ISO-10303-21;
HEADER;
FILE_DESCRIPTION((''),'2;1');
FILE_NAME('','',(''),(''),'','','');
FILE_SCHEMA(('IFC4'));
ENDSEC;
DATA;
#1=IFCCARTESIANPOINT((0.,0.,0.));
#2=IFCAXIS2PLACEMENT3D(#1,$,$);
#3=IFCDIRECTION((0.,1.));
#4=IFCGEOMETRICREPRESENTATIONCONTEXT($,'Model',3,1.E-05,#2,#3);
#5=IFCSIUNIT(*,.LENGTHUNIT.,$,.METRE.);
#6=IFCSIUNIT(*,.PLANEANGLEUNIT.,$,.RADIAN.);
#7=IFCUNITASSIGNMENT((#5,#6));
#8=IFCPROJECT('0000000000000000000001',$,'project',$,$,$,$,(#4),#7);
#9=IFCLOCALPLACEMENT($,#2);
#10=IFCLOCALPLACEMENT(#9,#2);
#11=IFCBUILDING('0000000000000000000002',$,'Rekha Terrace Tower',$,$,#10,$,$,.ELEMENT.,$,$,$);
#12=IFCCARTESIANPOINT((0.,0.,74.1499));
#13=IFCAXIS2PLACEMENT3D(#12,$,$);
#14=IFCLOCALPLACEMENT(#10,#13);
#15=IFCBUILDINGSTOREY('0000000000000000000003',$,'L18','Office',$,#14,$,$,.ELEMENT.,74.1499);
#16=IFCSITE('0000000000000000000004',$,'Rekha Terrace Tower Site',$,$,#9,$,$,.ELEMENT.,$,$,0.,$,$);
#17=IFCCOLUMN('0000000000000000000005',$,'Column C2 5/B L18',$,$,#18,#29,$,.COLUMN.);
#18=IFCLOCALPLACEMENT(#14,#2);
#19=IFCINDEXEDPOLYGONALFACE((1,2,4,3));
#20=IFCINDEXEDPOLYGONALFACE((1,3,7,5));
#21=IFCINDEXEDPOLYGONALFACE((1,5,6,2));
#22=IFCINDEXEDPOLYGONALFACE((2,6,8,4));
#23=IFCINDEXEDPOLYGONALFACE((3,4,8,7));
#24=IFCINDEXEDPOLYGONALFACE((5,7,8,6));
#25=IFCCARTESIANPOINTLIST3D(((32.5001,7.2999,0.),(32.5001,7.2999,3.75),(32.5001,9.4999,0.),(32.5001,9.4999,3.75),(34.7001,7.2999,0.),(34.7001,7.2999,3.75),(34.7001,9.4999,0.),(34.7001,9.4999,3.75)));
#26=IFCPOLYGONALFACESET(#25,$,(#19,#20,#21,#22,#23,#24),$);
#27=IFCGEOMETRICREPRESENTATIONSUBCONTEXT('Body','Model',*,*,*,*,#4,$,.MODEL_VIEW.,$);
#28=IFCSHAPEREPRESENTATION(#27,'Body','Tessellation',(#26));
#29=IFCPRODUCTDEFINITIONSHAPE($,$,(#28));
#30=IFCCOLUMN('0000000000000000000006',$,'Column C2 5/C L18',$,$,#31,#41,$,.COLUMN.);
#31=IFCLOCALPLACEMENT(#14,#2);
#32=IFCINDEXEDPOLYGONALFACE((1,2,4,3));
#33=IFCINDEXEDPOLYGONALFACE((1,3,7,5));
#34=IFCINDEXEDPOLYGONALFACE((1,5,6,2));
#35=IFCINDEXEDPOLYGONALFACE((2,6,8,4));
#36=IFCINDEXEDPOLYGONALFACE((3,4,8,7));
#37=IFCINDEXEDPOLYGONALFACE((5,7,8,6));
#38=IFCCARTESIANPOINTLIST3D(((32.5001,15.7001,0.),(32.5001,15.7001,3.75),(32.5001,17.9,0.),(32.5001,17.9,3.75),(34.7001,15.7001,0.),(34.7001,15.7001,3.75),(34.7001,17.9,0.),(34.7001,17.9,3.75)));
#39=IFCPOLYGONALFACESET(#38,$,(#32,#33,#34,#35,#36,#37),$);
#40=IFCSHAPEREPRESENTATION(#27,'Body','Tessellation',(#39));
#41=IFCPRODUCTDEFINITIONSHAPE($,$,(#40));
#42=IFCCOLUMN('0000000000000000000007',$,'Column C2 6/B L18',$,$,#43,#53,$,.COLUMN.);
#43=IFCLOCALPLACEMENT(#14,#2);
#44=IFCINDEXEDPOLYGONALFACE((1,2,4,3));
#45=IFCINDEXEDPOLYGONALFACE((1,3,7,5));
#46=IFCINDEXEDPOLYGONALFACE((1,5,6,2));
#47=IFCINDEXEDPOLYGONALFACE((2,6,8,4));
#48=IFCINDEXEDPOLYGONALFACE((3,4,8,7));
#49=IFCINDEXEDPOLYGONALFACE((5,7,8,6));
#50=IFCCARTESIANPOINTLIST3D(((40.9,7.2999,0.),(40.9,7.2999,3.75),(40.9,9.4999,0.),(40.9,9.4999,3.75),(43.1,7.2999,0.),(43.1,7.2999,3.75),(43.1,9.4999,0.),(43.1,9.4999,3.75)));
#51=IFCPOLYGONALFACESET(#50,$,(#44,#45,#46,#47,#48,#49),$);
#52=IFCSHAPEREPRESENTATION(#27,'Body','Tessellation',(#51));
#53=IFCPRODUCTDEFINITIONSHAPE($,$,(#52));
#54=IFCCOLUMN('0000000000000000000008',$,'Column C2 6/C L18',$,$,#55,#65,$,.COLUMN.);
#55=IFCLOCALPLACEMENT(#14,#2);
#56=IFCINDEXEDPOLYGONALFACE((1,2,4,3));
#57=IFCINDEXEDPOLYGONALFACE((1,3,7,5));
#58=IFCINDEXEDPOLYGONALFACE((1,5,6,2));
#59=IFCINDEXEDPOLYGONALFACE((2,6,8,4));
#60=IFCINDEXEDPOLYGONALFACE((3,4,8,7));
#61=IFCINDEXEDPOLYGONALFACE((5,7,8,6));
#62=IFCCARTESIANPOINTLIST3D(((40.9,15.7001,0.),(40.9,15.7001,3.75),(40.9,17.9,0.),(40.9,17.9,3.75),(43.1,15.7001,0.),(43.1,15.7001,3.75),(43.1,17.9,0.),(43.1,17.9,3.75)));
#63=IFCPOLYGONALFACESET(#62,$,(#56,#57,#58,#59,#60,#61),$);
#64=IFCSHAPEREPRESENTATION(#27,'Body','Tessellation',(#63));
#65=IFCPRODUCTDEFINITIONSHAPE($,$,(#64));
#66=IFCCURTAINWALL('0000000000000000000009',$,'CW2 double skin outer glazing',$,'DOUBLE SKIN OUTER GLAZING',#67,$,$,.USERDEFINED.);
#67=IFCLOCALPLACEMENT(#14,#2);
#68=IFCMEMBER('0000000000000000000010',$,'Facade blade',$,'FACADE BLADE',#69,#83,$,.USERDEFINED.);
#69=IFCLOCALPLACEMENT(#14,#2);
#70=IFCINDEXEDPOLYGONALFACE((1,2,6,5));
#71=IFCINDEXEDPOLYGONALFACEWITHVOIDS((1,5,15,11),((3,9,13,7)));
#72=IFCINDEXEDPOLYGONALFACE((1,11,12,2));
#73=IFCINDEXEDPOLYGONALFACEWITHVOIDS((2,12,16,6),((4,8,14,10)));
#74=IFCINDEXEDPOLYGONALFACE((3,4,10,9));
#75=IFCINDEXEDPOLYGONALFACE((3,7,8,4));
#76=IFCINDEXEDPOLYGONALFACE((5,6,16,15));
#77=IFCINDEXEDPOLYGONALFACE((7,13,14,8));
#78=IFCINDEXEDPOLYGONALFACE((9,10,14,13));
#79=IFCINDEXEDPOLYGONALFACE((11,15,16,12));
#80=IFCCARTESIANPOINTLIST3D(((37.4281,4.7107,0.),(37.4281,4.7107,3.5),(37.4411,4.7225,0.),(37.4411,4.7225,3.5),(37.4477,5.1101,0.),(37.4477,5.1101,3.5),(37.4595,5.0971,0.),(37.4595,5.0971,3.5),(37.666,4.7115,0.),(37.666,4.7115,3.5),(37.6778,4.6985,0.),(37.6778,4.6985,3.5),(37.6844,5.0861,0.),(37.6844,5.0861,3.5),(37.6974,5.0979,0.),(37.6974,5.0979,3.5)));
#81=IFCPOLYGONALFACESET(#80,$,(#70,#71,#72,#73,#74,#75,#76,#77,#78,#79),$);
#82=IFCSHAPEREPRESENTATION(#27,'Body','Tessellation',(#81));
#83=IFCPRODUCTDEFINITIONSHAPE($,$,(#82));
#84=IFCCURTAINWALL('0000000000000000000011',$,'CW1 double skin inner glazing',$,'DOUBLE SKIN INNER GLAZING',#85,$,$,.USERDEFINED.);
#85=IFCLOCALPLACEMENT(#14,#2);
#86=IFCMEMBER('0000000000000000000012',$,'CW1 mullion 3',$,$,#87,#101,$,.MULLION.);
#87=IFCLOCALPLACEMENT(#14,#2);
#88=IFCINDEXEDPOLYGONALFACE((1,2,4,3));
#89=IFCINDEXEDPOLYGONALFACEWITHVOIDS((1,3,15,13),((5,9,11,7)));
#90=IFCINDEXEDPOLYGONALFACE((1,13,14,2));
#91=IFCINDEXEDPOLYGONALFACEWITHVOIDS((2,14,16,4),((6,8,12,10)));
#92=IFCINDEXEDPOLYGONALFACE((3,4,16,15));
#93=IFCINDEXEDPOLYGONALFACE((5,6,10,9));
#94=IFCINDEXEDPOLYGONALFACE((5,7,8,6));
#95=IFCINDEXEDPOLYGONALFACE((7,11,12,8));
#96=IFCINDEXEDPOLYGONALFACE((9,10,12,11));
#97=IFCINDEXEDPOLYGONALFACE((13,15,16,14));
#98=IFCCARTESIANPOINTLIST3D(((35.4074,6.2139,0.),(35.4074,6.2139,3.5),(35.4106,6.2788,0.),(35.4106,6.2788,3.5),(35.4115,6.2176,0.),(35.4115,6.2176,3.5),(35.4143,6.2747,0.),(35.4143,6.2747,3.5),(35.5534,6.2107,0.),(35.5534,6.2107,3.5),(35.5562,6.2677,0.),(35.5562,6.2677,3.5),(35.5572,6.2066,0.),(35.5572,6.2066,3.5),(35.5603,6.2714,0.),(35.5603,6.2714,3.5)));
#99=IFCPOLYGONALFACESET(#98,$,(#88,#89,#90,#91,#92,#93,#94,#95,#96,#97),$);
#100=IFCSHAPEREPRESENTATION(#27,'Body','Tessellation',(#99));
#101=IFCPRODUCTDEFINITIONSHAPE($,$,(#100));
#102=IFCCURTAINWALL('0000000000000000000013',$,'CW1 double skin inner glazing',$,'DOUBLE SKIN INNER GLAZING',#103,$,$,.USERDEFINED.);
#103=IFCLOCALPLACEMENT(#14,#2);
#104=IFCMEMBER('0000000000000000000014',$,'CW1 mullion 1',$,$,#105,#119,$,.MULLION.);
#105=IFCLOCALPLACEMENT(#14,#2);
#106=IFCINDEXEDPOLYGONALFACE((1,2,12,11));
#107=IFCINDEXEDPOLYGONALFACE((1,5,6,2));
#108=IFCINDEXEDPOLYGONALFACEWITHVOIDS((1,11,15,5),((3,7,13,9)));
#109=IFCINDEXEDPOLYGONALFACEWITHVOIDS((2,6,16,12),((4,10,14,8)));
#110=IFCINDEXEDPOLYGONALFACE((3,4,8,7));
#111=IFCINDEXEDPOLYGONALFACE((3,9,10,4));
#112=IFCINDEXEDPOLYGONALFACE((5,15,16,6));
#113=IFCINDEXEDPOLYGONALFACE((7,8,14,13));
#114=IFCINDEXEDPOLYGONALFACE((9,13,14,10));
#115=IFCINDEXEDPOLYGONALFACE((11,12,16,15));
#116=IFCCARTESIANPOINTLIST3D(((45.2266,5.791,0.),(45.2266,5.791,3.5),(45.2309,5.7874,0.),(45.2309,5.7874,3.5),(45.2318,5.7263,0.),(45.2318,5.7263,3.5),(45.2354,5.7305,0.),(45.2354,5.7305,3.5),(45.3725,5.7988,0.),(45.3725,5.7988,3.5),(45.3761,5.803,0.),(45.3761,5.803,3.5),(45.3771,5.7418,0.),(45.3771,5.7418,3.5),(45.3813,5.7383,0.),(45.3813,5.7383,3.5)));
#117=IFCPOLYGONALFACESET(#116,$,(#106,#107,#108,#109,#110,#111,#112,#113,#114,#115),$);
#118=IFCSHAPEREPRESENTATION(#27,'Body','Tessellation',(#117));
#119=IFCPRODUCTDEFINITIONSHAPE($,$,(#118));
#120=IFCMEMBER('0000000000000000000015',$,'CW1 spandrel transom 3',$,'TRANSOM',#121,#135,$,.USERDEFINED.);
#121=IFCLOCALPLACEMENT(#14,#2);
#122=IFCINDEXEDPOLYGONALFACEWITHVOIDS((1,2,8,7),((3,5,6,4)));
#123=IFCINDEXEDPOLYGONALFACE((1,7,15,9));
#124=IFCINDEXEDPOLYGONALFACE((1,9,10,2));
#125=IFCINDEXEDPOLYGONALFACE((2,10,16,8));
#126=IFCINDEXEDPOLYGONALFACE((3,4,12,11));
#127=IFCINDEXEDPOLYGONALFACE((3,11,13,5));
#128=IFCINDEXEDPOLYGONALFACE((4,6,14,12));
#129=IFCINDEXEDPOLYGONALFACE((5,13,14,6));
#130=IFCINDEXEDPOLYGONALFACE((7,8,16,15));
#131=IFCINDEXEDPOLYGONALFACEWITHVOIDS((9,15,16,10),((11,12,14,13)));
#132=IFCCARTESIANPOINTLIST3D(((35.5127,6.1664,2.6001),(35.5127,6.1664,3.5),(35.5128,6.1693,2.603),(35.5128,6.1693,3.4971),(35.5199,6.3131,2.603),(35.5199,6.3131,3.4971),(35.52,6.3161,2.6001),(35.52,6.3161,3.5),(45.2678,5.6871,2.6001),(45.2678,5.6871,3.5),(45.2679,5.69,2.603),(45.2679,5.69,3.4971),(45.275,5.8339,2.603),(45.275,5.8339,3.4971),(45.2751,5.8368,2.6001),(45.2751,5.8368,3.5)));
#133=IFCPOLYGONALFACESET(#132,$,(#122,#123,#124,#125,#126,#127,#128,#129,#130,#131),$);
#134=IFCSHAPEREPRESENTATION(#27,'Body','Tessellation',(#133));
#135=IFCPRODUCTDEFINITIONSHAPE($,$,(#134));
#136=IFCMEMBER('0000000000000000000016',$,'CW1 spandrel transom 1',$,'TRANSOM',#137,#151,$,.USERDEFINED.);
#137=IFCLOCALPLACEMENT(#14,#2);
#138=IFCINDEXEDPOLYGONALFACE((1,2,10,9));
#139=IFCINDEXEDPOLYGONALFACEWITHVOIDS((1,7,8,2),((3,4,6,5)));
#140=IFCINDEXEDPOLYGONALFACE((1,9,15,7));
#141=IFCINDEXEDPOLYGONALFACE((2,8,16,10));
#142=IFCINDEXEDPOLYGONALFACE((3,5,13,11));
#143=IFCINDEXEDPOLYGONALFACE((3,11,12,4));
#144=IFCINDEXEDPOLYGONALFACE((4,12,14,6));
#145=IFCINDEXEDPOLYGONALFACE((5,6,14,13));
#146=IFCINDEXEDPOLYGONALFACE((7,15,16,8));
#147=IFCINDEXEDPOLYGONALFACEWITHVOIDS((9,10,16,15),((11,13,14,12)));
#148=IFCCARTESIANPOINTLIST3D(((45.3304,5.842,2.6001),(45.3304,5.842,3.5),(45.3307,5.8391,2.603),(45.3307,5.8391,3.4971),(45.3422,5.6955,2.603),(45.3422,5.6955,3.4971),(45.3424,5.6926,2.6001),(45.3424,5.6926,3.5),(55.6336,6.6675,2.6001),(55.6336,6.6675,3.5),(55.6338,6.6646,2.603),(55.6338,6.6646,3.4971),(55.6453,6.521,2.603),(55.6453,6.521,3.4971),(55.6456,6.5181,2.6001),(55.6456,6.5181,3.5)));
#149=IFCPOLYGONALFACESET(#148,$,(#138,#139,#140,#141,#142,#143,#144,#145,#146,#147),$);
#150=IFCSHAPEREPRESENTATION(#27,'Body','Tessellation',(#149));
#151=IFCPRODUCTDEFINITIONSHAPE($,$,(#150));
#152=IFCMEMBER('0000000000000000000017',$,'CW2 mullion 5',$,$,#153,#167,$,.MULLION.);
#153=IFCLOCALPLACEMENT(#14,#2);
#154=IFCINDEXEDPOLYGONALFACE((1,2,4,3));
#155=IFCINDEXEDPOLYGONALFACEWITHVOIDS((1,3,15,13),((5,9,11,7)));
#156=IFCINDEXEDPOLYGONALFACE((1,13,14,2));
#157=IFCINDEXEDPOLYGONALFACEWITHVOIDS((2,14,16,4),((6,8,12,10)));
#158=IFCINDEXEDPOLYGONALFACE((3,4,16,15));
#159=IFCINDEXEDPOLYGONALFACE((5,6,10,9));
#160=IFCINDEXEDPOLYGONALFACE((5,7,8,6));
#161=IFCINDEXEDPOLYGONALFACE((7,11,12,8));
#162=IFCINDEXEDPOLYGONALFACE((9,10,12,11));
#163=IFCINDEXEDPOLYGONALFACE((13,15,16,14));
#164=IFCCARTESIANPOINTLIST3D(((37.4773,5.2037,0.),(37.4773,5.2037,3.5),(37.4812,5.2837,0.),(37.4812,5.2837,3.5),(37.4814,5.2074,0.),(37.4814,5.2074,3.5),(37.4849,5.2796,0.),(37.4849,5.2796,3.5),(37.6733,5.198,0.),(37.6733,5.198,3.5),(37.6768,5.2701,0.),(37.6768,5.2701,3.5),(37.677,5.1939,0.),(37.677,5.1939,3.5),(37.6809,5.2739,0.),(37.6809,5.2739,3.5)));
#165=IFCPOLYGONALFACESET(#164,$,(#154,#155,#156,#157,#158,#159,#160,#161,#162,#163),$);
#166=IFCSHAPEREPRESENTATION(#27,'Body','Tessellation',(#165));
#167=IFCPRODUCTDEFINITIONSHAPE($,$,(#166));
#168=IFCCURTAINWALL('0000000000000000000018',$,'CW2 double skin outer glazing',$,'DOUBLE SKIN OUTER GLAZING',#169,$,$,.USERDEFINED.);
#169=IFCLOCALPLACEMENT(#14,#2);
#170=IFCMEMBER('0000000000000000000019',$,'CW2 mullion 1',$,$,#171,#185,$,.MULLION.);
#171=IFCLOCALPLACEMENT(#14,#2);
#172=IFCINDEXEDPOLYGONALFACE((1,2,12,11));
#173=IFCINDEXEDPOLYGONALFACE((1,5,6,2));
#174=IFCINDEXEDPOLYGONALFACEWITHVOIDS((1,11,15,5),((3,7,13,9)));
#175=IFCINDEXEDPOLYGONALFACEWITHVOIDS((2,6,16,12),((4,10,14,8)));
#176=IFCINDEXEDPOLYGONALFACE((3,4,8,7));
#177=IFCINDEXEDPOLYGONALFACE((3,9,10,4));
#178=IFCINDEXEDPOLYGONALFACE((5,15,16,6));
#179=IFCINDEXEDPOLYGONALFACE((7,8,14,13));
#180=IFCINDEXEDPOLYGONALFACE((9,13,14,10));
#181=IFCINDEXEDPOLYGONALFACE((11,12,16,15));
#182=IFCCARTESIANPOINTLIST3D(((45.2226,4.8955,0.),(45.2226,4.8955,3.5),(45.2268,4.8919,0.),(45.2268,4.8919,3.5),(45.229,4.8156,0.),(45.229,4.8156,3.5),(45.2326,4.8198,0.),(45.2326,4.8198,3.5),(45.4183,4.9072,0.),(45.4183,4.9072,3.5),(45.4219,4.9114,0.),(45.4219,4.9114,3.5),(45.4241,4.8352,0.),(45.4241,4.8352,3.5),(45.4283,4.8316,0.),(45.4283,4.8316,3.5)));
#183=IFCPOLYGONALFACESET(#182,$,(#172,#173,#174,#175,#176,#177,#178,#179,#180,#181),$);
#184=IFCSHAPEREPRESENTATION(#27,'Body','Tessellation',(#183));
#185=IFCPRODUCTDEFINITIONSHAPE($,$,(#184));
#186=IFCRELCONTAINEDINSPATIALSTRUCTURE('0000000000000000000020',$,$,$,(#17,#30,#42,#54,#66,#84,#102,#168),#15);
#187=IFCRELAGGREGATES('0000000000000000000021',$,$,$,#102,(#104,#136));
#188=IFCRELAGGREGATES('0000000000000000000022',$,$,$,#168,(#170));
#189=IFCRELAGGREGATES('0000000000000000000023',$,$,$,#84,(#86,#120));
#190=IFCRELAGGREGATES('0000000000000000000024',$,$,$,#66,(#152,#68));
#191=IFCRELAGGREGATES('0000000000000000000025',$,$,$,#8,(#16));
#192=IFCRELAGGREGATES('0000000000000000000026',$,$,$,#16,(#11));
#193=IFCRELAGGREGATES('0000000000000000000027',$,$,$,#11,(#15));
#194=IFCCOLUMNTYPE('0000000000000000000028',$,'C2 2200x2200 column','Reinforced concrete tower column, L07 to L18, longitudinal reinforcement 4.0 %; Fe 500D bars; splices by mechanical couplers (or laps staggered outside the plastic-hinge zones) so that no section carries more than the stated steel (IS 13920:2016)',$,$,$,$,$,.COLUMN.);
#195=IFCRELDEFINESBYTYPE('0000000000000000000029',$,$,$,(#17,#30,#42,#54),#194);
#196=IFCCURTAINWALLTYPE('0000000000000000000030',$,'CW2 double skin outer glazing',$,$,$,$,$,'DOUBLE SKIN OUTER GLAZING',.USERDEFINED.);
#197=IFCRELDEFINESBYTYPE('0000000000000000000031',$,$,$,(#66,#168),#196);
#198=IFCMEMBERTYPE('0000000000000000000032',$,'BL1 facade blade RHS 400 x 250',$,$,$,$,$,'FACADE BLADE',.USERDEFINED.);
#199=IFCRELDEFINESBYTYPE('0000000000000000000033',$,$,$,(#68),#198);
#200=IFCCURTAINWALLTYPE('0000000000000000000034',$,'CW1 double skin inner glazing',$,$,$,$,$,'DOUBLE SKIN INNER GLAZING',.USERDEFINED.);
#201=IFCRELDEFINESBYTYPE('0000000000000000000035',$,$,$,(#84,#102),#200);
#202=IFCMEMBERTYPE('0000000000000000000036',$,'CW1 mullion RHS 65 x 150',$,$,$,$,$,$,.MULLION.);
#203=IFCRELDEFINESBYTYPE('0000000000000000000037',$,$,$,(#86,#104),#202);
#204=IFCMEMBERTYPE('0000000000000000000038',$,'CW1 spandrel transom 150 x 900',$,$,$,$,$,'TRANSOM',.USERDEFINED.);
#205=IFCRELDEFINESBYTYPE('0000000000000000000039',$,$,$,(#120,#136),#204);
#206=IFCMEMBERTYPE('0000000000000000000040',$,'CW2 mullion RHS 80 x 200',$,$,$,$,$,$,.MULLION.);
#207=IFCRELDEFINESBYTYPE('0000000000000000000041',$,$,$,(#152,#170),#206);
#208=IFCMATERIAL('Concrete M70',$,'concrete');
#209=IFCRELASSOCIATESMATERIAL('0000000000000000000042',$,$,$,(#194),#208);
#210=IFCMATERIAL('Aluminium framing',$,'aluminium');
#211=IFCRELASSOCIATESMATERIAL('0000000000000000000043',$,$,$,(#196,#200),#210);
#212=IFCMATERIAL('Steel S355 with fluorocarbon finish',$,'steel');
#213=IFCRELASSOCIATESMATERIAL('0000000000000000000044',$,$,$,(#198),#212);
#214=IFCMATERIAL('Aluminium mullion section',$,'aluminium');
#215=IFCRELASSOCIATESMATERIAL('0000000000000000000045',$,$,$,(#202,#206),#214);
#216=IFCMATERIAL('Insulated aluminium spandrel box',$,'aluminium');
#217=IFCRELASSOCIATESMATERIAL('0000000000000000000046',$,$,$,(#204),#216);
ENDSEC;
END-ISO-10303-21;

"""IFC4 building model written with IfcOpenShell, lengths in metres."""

from ifc_helpers import new_model, si_unit, direction, frame, origin, origin_2d, place, context, subcontext, project, spatial, rectangle, hollow_rectangle, extrude, material, material_profile, profile_set, type_object, element, aggregate, save


model = new_model("IFC4")

# Units and contexts
model_context = context("Model", 3, precision=1e-05, world=origin(), true_north=direction((0.0, 1.0)))
body_context = subcontext(model_context, "Body", "Model", "MODEL_VIEW")
ifc_project = project(units=[si_unit("LENGTHUNIT", "METRE"), si_unit("PLANEANGLEUNIT", "RADIAN")], contexts=[model_context])

# Site, building, storey
site_placement = place(None, origin())
site = spatial("IfcSite", under=ifc_project, at=site_placement, Name="Rekha Terrace Tower Site", CompositionType="ELEMENT", RefElevation=0.0)
building_placement = place(site_placement, origin())
building = spatial("IfcBuilding", under=site, at=building_placement, Name="Rekha Terrace Tower", CompositionType="ELEMENT")
storey_placement = place(building_placement, frame((0.0, 0.0, 74.1499)))
storey = spatial("IfcBuildingStorey", under=building, at=storey_placement, Name="L18", Description="Office", CompositionType="ELEMENT", Elevation=74.1499)

# Columns
ifc_material_1 = material(Name="Concrete M70", Category="concrete")
ifc_material_profile_1 = material_profile(ifc_material_1, rectangle(XDim=2.2, YDim=2.2, at=origin_2d()), Name="RC 2200x2200")
ifc_profile_set_1 = profile_set([ifc_material_profile_1], Name="Concrete M70")
column_type = type_object("IfcColumnType", Name="C2 2200x2200 column", Description="Reinforced concrete tower column, L07 to L18, longitudinal reinforcement 4.0 %; Fe 500D bars; splices by mechanical couplers (or laps staggered outside the plastic-hinge zones) so that no section carries more than the stated steel (IS 13920:2016)", PredefinedType="COLUMN", material=ifc_profile_set_1)
for number, where, z_axis, x_axis, name in (
    (1, (33.6001, 8.3999, 0.0), (0.0, 0.0, 1.0), (1.0, 0.0, 0.0), "Column C2 5/B L18"),
    (2, (33.6001, 16.8, 0.0), (0.0, 0.0, 1.0), (1.0, 0.0, 0.0), "Column C2 5/C L18"),
    (3, (42.0, 8.3999, 0.0), (0.0, 0.0, 1.0), (1.0, 0.0, 0.0), "Column C2 6/B L18"),
    (4, (42.0, 16.8, 0.0), (0.0, 0.0, 1.0), (1.0, 0.0, 0.0), "Column C2 6/C L18"),
):
    element("IfcColumn", number, at=place(storey_placement, frame(where, z_axis=z_axis, x_axis=x_axis)), inside=storey, type_object=column_type, Name=name, PredefinedType="COLUMN", context=body_context, shape_type="SweptSolid", body=[
        extrude(rectangle(XDim=2.2, YDim=2.2, at=origin_2d()), origin(), (0.0, 0.0, 1.0), 3.75),
    ])

# Curtain walls, members
ifc_material_2 = material(Name="Aluminium framing", Category="aluminium")
curtain_wall_type_1 = type_object("IfcCurtainWallType", Name="CW2 double skin outer glazing", ElementType="DOUBLE SKIN OUTER GLAZING", PredefinedType="USERDEFINED", material=ifc_material_2)
curtain_wall_1_placement = place(storey_placement, origin())
curtain_wall_1 = element("IfcCurtainWall", 5, at=curtain_wall_1_placement, inside=storey, type_object=curtain_wall_type_1, Name="CW2 double skin outer glazing", ObjectType="DOUBLE SKIN OUTER GLAZING", PredefinedType="USERDEFINED")
ifc_material_3 = material(Name="Steel S355 with fluorocarbon finish", Category="steel")
ifc_material_profile_2 = material_profile(ifc_material_3, hollow_rectangle(XDim=0.25, YDim=0.3999, WallThickness=0.0125, at=origin_2d()), Name="RHS400x250x12.5")
ifc_profile_set_2 = profile_set([ifc_material_profile_2], Name="Steel S355 with fluorocarbon finish")
member_type_1 = type_object("IfcMemberType", Name="BL1 facade blade RHS 400 x 250", ElementType="FACADE BLADE", PredefinedType="USERDEFINED", material=ifc_profile_set_2)
member_1_placement = place(storey_placement, frame((37.5627, 4.9043, 0.0), z_axis=(0.0, 0.0, 1.0), x_axis=(0.998796, -0.049052, 0.0)))
member_1 = element("IfcMember", 6, at=member_1_placement, type_object=member_type_1, Name="Facade blade", ObjectType="FACADE BLADE", PredefinedType="USERDEFINED", context=body_context, shape_type="SweptSolid", body=[
    extrude(hollow_rectangle(XDim=0.25, YDim=0.3999, WallThickness=0.0125, at=origin_2d()), origin(), (0.0, 0.0, 1.0), 3.5),
])
curtain_wall_type_2 = type_object("IfcCurtainWallType", Name="CW1 double skin inner glazing", ElementType="DOUBLE SKIN INNER GLAZING", PredefinedType="USERDEFINED", material=ifc_material_2)
curtain_wall_2_placement = place(storey_placement, origin())
curtain_wall_2 = element("IfcCurtainWall", 7, at=curtain_wall_2_placement, inside=storey, type_object=curtain_wall_type_2, Name="CW1 double skin inner glazing", ObjectType="DOUBLE SKIN INNER GLAZING", PredefinedType="USERDEFINED")
ifc_material_4 = material(Name="Aluminium mullion section", Category="aluminium")
ifc_material_profile_3 = material_profile(ifc_material_4, hollow_rectangle(XDim=0.0649, YDim=0.1499, WallThickness=0.0039, at=origin_2d()), Name="AL RHS 65x150")
ifc_profile_set_3 = profile_set([ifc_material_profile_3], Name="Aluminium mullion section")
member_type_2 = type_object("IfcMemberType", Name="CW1 mullion RHS 65 x 150", PredefinedType="MULLION", material=ifc_profile_set_3)
member_2_placement = place(storey_placement, frame((35.4839, 6.2427, 0.0), z_axis=(0.0, 0.0, 1.0), x_axis=(0.049052, 0.998796, 0.0)))
member_2 = element("IfcMember", 8, at=member_2_placement, type_object=member_type_2, Name="CW1 mullion 3", PredefinedType="MULLION", context=body_context, shape_type="SweptSolid", body=[
    extrude(hollow_rectangle(XDim=0.0649, YDim=0.1499, WallThickness=0.0039, at=origin_2d()), origin(), (0.0, 0.0, 1.0), 3.5),
])
curtain_wall_3_placement = place(storey_placement, origin())
curtain_wall_3 = element("IfcCurtainWall", 9, at=curtain_wall_3_placement, inside=storey, type_object=curtain_wall_type_2, Name="CW1 double skin inner glazing", ObjectType="DOUBLE SKIN INNER GLAZING", PredefinedType="USERDEFINED")
member_3_placement = place(storey_placement, frame((45.304, 5.7646, 0.0), z_axis=(0.0, 0.0, 1.0), x_axis=(-0.079872, 0.996805, 0.0)))
member_3 = element("IfcMember", 10, at=member_3_placement, type_object=member_type_2, Name="CW1 mullion 1", PredefinedType="MULLION", context=body_context, shape_type="SweptSolid", body=[
    extrude(hollow_rectangle(XDim=0.0649, YDim=0.1499, WallThickness=0.0039, at=origin_2d()), origin(), (0.0, 0.0, 1.0), 3.5),
])

# Members
ifc_material_5 = material(Name="Insulated aluminium spandrel box", Category="aluminium")
ifc_material_profile_4 = material_profile(ifc_material_5, hollow_rectangle(XDim=0.1499, YDim=0.8999, WallThickness=0.0029, at=origin_2d()), Name="AL SPANDREL BOX 150x900")
ifc_profile_set_4 = profile_set([ifc_material_profile_4], Name="Insulated aluminium spandrel box")
member_type_3 = type_object("IfcMemberType", Name="CW1 spandrel transom 150 x 900", ElementType="TRANSOM", PredefinedType="USERDEFINED", material=ifc_profile_set_4)
member_4_placement = place(storey_placement, frame((35.5164, 6.2412, 3.05), z_axis=(0.998795, -0.049069, 0.0), x_axis=(0.049069, 0.998795, 0.0)))
member_4 = element("IfcMember", 11, at=member_4_placement, type_object=member_type_3, Name="CW1 spandrel transom 3", ObjectType="TRANSOM", PredefinedType="USERDEFINED", context=body_context, shape_type="SweptSolid", body=[
    extrude(hollow_rectangle(XDim=0.1499, YDim=0.8999, WallThickness=0.0029, at=origin_2d()), origin(), (0.0, 0.0, 1.0), 9.7668),
])
member_5_placement = place(storey_placement, frame((45.3364, 5.7673, 3.05), z_axis=(0.996806, 0.079859, 0.0), x_axis=(-0.079859, 0.996806, 0.0)))
member_5 = element("IfcMember", 12, at=member_5_placement, type_object=member_type_3, Name="CW1 spandrel transom 1", ObjectType="TRANSOM", PredefinedType="USERDEFINED", context=body_context, shape_type="SweptSolid", body=[
    extrude(hollow_rectangle(XDim=0.1499, YDim=0.8999, WallThickness=0.0029, at=origin_2d()), origin(), (0.0, 0.0, 1.0), 10.3362),
])
aggregate(curtain_wall_3, [member_3, member_5])
ifc_material_profile_5 = material_profile(ifc_material_4, hollow_rectangle(XDim=0.0801, YDim=0.2, WallThickness=0.0039, at=origin_2d()), Name="AL RHS 80x200")
ifc_profile_set_5 = profile_set([ifc_material_profile_5], Name="Aluminium mullion section")
member_type_4 = type_object("IfcMemberType", Name="CW2 mullion RHS 80 x 200", PredefinedType="MULLION", material=ifc_profile_set_5)
member_6_placement = place(storey_placement, frame((37.5791, 5.2388, 0.0), z_axis=(0.0, 0.0, 1.0), x_axis=(0.049052, 0.998796, 0.0)))
member_6 = element("IfcMember", 13, at=member_6_placement, type_object=member_type_4, Name="CW2 mullion 5", PredefinedType="MULLION", context=body_context, shape_type="SweptSolid", body=[
    extrude(hollow_rectangle(XDim=0.0801, YDim=0.2, WallThickness=0.0039, at=origin_2d()), origin(), (0.0, 0.0, 1.0), 3.5),
])

# Curtain wall, member
curtain_wall_4_placement = place(storey_placement, origin())
curtain_wall_4 = element("IfcCurtainWall", 14, at=curtain_wall_4_placement, inside=storey, type_object=curtain_wall_type_1, Name="CW2 double skin outer glazing", ObjectType="DOUBLE SKIN OUTER GLAZING", PredefinedType="USERDEFINED")
member_7_placement = place(storey_placement, frame((45.3254, 4.8635, 0.0), z_axis=(0.0, 0.0, 1.0), x_axis=(-0.079872, 0.996805, 0.0)))
member_7 = element("IfcMember", 15, at=member_7_placement, type_object=member_type_4, Name="CW2 mullion 1", PredefinedType="MULLION", context=body_context, shape_type="SweptSolid", body=[
    extrude(hollow_rectangle(XDim=0.0801, YDim=0.2, WallThickness=0.0039, at=origin_2d()), origin(), (0.0, 0.0, 1.0), 3.5),
])

aggregate(curtain_wall_4, [member_7])

aggregate(curtain_wall_2, [member_2, member_4])
aggregate(curtain_wall_1, [member_6, member_1])

save(model, "model.ifc")
